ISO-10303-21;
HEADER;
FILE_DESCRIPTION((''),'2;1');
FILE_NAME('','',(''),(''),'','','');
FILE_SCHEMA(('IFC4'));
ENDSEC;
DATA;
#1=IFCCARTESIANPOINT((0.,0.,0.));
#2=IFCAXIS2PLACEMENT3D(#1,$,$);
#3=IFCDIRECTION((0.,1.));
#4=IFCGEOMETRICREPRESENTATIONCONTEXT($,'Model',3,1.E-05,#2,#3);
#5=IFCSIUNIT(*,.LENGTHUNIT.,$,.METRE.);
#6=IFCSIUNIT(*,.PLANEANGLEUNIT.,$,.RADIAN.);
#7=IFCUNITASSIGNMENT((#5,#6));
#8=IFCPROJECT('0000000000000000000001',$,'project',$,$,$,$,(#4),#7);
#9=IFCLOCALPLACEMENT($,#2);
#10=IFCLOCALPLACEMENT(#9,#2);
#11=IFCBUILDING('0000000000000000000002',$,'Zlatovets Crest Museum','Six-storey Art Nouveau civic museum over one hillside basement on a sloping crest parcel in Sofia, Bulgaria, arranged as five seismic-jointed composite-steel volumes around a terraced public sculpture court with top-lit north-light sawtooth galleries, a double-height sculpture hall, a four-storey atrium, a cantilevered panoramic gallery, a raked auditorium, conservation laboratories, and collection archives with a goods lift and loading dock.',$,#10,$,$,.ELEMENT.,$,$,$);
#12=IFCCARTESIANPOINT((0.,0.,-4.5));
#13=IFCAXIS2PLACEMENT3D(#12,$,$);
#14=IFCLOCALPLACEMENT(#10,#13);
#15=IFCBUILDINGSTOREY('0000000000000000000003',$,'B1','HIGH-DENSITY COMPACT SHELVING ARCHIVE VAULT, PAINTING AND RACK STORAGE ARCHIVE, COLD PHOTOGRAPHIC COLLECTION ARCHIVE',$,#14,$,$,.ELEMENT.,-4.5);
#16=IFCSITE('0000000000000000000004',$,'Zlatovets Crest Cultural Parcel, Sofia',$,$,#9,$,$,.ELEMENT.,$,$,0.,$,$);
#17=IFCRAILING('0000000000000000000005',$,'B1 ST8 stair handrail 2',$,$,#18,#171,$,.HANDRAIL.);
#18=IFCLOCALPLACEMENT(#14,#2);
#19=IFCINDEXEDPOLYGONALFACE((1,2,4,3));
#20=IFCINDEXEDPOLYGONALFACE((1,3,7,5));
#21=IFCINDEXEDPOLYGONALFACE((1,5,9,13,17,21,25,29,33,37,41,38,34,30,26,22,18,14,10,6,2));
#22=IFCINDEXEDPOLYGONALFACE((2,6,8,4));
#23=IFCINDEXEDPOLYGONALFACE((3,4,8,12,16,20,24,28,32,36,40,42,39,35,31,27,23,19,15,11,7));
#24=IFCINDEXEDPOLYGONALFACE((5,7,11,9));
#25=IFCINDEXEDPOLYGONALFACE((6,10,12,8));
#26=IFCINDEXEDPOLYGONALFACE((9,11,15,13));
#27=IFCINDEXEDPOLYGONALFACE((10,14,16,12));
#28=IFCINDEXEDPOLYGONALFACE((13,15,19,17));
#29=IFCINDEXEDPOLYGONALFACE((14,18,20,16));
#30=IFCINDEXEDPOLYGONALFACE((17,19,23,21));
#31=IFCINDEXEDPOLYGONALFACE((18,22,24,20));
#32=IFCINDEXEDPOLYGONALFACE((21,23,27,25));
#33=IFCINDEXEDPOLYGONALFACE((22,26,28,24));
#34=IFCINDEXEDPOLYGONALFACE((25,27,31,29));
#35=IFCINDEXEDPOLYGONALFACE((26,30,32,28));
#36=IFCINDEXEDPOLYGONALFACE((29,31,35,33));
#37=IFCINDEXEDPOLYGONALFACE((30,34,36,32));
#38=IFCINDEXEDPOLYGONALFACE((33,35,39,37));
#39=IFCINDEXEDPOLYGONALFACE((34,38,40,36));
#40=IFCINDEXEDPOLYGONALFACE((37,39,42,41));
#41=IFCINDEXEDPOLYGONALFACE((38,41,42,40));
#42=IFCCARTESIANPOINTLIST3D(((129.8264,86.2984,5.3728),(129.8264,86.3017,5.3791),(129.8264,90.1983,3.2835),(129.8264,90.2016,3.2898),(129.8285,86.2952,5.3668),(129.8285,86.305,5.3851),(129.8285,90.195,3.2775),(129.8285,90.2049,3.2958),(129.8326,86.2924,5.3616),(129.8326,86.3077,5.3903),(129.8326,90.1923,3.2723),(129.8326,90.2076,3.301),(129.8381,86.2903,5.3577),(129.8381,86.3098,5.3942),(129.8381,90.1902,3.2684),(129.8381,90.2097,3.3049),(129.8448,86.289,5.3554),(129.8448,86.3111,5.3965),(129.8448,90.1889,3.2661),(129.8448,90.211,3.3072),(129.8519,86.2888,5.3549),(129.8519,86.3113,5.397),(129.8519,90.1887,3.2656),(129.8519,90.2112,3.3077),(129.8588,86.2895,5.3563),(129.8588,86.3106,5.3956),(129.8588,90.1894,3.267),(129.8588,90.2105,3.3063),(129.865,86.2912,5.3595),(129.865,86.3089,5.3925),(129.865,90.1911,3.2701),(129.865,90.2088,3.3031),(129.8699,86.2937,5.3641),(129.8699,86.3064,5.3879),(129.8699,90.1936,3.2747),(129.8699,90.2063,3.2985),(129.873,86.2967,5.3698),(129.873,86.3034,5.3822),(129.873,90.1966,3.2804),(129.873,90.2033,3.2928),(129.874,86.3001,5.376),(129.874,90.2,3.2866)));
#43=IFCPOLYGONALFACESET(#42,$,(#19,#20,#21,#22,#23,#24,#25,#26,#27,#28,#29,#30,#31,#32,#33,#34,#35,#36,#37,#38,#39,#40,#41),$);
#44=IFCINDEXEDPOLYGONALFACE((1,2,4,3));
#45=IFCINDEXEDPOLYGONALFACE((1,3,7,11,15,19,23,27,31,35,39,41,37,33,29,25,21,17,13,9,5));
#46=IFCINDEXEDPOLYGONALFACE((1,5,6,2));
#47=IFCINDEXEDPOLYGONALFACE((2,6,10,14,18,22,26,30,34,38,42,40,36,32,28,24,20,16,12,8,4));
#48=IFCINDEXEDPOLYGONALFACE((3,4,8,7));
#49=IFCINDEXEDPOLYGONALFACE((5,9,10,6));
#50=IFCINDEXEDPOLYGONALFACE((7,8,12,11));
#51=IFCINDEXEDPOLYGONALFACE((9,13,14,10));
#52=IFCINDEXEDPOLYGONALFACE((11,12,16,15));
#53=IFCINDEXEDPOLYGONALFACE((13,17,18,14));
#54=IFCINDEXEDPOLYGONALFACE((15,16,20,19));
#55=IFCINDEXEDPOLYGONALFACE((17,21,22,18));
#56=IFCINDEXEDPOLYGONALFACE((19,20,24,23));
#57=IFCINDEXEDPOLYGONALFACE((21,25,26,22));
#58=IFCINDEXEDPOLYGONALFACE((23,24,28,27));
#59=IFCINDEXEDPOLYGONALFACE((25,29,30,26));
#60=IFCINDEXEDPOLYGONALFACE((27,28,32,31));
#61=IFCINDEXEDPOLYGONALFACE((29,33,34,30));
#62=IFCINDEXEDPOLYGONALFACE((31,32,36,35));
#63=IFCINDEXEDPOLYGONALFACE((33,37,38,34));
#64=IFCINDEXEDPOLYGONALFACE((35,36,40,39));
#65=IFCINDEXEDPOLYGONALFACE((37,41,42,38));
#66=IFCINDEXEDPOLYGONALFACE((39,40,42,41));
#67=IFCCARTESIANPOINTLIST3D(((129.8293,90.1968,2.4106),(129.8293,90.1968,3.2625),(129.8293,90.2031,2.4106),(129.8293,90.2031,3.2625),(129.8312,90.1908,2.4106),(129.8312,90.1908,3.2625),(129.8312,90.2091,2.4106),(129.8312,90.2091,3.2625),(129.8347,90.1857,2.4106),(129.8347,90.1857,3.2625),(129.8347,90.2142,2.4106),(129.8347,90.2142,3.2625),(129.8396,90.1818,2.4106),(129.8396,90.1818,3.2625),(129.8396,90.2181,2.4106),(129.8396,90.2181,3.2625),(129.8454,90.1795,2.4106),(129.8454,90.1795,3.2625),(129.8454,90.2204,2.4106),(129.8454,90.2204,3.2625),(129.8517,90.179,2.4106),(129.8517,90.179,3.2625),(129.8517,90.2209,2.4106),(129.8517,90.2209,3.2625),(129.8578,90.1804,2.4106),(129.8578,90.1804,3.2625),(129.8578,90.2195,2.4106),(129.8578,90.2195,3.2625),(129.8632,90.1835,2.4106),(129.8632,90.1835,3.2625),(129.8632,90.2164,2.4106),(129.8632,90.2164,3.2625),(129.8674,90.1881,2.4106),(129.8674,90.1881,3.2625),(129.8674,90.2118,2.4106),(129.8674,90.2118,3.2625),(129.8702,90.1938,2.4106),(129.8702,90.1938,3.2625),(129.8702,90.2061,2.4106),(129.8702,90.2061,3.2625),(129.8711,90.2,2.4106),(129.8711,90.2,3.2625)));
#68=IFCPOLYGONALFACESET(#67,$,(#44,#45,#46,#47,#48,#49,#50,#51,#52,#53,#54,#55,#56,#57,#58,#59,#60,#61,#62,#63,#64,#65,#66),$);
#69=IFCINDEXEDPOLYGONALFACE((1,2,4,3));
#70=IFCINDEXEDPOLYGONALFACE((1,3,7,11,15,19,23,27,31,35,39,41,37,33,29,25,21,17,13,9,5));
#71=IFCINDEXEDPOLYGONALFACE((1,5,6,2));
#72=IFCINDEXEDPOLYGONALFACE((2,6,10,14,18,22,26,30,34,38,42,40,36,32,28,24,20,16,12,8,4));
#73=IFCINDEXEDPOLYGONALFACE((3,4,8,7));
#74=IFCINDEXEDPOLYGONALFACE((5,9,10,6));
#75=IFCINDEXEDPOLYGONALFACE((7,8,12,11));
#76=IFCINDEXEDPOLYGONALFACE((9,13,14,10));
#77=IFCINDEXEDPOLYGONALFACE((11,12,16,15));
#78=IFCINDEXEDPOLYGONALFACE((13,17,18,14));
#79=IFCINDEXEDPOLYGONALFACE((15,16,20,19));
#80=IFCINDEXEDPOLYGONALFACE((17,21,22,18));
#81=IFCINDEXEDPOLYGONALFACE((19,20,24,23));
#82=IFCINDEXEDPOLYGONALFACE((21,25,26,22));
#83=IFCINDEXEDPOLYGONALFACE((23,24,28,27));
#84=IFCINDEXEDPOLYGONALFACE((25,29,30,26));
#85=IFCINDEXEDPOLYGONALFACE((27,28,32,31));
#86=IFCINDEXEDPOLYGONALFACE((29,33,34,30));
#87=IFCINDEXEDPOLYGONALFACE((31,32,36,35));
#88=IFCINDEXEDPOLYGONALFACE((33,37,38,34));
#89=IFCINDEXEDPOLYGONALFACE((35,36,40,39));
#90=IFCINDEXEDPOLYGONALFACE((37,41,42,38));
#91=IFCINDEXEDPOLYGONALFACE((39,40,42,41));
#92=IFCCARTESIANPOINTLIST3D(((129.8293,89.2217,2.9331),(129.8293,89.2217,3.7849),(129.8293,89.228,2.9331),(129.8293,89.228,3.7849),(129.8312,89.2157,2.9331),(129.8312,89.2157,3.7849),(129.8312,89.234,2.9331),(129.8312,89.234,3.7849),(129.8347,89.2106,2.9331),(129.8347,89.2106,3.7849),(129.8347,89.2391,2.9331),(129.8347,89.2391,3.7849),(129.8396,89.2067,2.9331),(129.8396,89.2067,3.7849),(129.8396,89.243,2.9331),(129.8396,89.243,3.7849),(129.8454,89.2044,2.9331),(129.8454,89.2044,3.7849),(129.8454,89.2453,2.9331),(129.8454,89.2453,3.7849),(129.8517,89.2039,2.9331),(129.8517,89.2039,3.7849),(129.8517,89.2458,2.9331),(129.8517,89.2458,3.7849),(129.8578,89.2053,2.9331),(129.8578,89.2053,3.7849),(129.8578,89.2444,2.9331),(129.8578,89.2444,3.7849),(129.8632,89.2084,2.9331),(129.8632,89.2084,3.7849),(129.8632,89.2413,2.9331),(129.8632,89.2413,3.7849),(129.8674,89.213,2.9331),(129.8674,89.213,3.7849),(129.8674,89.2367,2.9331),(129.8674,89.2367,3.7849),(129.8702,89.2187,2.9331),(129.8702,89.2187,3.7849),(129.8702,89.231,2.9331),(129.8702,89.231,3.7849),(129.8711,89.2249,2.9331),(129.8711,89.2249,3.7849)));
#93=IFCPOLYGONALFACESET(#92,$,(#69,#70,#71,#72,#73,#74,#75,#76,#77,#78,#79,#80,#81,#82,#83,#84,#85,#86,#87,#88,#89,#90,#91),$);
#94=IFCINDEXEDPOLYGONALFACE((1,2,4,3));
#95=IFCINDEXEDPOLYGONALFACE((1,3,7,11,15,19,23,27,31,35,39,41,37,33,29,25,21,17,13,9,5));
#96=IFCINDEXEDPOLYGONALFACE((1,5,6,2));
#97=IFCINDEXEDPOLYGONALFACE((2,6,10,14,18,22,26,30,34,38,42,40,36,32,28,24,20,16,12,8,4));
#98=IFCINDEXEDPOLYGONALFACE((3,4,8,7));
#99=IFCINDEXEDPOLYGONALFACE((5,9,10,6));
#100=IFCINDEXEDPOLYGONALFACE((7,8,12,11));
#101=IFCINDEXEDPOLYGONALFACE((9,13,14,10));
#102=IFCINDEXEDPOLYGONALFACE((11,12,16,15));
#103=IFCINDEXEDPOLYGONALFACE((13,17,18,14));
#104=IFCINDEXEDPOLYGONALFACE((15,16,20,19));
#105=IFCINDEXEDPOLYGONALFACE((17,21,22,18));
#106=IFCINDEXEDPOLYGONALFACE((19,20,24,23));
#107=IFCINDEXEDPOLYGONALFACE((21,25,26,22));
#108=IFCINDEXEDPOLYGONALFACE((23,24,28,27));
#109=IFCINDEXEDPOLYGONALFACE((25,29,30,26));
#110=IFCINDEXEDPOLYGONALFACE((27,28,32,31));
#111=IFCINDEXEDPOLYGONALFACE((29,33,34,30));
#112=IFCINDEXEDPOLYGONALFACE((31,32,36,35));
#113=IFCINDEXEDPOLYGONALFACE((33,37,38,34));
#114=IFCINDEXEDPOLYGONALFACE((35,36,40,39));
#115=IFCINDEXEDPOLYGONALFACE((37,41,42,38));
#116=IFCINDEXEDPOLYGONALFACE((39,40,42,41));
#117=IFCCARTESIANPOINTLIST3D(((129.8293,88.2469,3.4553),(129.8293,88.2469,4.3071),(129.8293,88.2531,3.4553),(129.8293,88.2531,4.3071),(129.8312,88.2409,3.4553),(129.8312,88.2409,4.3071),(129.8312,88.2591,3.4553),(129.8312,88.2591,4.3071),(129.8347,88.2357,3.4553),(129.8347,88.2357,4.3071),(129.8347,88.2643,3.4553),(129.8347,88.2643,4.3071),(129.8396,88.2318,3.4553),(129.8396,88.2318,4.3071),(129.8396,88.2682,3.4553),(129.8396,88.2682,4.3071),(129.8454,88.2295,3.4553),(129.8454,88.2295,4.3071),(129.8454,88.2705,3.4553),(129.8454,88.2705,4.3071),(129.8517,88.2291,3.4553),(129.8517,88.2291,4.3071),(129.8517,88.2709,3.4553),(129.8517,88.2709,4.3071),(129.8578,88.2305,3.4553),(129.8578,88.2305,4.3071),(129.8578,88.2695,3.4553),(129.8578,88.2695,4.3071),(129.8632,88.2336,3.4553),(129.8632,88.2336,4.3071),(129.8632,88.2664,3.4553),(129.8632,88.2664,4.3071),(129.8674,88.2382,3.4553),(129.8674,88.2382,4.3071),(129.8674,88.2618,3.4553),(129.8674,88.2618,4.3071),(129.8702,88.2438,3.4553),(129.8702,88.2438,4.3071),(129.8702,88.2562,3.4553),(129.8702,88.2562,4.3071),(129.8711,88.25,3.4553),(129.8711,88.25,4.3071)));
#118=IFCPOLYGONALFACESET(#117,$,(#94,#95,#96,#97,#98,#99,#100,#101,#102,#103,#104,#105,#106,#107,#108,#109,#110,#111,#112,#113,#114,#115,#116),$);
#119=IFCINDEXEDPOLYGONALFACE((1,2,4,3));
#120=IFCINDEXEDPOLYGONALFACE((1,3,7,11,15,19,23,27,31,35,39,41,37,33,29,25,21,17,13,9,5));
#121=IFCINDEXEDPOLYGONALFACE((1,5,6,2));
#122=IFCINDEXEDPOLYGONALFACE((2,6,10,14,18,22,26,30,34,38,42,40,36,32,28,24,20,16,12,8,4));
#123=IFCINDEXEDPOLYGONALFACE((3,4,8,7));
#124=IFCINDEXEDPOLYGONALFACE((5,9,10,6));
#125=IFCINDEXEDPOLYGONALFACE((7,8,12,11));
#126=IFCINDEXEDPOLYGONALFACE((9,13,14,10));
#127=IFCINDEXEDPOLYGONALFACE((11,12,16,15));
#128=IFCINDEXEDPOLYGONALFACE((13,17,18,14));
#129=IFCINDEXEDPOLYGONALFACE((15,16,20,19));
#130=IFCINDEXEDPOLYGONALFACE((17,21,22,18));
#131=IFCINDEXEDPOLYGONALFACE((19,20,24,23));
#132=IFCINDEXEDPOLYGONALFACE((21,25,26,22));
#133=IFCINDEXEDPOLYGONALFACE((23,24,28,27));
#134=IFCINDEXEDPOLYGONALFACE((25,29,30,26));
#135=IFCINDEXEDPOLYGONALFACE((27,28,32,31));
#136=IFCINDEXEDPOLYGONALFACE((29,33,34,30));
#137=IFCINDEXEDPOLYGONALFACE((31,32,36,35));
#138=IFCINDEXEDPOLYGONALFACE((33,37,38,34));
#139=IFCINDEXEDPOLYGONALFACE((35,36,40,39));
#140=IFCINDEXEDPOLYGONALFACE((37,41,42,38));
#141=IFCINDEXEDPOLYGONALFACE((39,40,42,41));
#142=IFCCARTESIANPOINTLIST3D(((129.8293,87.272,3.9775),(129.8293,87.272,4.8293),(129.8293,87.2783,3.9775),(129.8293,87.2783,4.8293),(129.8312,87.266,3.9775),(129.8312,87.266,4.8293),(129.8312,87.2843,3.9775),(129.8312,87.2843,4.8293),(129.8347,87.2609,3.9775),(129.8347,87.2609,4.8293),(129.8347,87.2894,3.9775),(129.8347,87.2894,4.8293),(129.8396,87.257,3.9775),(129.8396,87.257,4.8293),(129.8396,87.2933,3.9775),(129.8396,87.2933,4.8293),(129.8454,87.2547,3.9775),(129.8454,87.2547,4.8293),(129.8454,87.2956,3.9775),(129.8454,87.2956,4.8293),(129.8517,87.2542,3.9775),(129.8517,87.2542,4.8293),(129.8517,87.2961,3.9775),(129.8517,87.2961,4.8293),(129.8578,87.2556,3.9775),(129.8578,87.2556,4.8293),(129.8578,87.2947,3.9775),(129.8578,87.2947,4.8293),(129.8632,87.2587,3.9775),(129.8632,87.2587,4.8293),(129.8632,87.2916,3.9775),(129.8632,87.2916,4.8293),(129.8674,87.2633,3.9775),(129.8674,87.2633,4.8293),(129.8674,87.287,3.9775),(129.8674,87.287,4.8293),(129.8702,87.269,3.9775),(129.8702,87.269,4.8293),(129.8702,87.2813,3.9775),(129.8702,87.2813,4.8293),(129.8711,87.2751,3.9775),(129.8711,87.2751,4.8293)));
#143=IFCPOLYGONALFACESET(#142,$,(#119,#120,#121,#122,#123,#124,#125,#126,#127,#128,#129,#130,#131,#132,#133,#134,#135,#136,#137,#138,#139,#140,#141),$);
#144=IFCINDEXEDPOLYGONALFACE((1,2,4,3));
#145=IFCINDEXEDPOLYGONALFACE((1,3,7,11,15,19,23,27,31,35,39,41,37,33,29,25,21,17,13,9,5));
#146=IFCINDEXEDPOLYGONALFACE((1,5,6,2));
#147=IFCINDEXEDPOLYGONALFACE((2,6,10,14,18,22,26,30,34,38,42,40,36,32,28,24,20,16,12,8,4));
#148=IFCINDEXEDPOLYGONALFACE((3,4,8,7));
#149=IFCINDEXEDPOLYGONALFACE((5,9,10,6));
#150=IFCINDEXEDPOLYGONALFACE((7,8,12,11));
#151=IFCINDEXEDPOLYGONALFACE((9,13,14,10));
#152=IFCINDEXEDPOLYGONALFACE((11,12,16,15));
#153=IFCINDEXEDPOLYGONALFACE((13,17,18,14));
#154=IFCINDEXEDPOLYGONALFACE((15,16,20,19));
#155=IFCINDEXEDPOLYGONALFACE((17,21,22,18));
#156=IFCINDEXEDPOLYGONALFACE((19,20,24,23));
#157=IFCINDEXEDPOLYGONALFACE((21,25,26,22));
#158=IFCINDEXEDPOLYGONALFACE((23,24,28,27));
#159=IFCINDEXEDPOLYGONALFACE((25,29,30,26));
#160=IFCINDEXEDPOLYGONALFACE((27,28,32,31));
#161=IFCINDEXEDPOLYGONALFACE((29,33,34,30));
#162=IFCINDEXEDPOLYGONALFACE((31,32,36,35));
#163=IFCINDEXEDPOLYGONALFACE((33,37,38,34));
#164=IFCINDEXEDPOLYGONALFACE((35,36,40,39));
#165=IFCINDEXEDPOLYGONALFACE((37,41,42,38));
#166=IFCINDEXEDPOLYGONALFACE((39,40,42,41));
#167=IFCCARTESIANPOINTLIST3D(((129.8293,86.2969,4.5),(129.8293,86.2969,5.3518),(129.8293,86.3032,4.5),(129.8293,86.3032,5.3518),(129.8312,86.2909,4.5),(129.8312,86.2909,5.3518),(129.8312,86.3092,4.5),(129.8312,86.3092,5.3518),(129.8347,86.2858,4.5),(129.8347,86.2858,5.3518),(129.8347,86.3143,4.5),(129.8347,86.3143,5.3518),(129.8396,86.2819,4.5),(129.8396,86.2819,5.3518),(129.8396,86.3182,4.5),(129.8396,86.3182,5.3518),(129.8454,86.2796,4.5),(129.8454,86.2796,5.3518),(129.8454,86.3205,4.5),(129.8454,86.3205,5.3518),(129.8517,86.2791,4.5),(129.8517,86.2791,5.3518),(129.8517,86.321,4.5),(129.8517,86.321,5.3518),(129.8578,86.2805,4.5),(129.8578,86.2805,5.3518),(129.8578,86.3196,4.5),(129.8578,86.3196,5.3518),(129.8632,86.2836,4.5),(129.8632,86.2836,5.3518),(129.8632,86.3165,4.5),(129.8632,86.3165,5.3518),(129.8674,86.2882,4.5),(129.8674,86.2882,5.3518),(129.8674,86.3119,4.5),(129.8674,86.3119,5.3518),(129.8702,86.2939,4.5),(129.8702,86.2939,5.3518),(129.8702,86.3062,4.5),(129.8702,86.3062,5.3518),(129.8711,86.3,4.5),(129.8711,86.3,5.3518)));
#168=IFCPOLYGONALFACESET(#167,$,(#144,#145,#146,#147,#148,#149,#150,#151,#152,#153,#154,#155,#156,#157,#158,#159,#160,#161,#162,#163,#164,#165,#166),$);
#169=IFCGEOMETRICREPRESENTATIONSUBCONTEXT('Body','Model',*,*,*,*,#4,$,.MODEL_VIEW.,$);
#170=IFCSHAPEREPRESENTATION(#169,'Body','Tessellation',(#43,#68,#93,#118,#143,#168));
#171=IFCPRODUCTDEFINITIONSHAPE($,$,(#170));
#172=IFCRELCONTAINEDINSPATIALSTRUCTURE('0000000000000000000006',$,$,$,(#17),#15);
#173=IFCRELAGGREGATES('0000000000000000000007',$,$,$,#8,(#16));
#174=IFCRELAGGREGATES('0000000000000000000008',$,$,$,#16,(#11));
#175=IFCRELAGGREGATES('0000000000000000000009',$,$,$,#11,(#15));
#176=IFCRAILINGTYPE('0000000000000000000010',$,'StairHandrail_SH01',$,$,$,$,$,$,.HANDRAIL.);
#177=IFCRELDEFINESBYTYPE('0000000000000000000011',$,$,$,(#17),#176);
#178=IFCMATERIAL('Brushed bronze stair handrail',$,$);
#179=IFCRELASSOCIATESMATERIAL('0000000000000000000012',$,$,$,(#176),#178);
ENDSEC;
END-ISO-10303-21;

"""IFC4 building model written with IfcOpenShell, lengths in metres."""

from ifc_helpers import new_model, si_unit, direction, frame, origin, origin_2d, place, context, subcontext, project, spatial, circle, extrude, material, type_object, element, save


model = new_model("IFC4")

# Units and contexts
model_context = context("Model", 3, precision=1e-05, world=origin(), true_north=direction((0.0, 1.0)))
body_context = subcontext(model_context, "Body", "Model", "MODEL_VIEW")
ifc_project = project(units=[si_unit("LENGTHUNIT", "METRE"), si_unit("PLANEANGLEUNIT", "RADIAN")], contexts=[model_context])

# Site, building, storey
site_placement = place(None, origin())
site = spatial("IfcSite", under=ifc_project, at=site_placement, Name="Zlatovets Crest Cultural Parcel, Sofia", CompositionType="ELEMENT", RefElevation=0.0)
building_placement = place(site_placement, origin())
building = spatial("IfcBuilding", under=site, at=building_placement, Name="Zlatovets Crest Museum", Description="Six-storey Art Nouveau civic museum over one hillside basement on a sloping crest parcel in Sofia, Bulgaria, arranged as five seismic-jointed composite-steel volumes around a terraced public sculpture court with top-lit north-light sawtooth galleries, a double-height sculpture hall, a four-storey atrium, a cantilevered panoramic gallery, a raked auditorium, conservation laboratories, and collection archives with a goods lift and loading dock.", CompositionType="ELEMENT")
storey_placement = place(building_placement, frame((0.0, 0.0, -4.5)))
storey = spatial("IfcBuildingStorey", under=building, at=storey_placement, Name="B1", Description="HIGH-DENSITY COMPACT SHELVING ARCHIVE VAULT, PAINTING AND RACK STORAGE ARCHIVE, COLD PHOTOGRAPHIC COLLECTION ARCHIVE", CompositionType="ELEMENT", Elevation=-4.5)

# Railing
ifc_material_1 = material(Name="Brushed bronze stair handrail")
railing_type_1 = type_object("IfcRailingType", Name="StairHandrail_SH01", PredefinedType="HANDRAIL", material=ifc_material_1)
railing_1_placement = place(storey_placement, frame((129.8501, 90.2, 2.4106)))
element("IfcRailing", 1, at=railing_1_placement, inside=storey, type_object=railing_type_1, Name="B1 ST8 stair handrail 2", PredefinedType="HANDRAIL", context=body_context, shape_type="SweptSolid", body=[
    extrude(circle(Radius=0.0239, at=origin_2d()), frame((0.0, 0.0, 0.876), z_axis=(0.0, -0.881468, 0.472243), x_axis=(1.0, 0.0, 0.0)), (0.0, 0.0, 1.0), 4.4243),
    extrude(circle(Radius=0.021, at=origin_2d()), origin(), (0.0, 0.0, 1.0), 0.8518),
    extrude(circle(Radius=0.021, at=origin_2d()), frame((0.0, -0.9751, 0.5225)), (0.0, 0.0, 1.0), 0.8518),
    extrude(circle(Radius=0.021, at=origin_2d()), frame((0.0, -1.95, 1.0447)), (0.0, 0.0, 1.0), 0.8518),
    extrude(circle(Radius=0.021, at=origin_2d()), frame((0.0, -2.9248, 1.5669)), (0.0, 0.0, 1.0), 0.8518),
    extrude(circle(Radius=0.021, at=origin_2d()), frame((0.0, -3.8999, 2.0894)), (0.0, 0.0, 1.0), 0.8518),
])

save(model, "model.ifc")
